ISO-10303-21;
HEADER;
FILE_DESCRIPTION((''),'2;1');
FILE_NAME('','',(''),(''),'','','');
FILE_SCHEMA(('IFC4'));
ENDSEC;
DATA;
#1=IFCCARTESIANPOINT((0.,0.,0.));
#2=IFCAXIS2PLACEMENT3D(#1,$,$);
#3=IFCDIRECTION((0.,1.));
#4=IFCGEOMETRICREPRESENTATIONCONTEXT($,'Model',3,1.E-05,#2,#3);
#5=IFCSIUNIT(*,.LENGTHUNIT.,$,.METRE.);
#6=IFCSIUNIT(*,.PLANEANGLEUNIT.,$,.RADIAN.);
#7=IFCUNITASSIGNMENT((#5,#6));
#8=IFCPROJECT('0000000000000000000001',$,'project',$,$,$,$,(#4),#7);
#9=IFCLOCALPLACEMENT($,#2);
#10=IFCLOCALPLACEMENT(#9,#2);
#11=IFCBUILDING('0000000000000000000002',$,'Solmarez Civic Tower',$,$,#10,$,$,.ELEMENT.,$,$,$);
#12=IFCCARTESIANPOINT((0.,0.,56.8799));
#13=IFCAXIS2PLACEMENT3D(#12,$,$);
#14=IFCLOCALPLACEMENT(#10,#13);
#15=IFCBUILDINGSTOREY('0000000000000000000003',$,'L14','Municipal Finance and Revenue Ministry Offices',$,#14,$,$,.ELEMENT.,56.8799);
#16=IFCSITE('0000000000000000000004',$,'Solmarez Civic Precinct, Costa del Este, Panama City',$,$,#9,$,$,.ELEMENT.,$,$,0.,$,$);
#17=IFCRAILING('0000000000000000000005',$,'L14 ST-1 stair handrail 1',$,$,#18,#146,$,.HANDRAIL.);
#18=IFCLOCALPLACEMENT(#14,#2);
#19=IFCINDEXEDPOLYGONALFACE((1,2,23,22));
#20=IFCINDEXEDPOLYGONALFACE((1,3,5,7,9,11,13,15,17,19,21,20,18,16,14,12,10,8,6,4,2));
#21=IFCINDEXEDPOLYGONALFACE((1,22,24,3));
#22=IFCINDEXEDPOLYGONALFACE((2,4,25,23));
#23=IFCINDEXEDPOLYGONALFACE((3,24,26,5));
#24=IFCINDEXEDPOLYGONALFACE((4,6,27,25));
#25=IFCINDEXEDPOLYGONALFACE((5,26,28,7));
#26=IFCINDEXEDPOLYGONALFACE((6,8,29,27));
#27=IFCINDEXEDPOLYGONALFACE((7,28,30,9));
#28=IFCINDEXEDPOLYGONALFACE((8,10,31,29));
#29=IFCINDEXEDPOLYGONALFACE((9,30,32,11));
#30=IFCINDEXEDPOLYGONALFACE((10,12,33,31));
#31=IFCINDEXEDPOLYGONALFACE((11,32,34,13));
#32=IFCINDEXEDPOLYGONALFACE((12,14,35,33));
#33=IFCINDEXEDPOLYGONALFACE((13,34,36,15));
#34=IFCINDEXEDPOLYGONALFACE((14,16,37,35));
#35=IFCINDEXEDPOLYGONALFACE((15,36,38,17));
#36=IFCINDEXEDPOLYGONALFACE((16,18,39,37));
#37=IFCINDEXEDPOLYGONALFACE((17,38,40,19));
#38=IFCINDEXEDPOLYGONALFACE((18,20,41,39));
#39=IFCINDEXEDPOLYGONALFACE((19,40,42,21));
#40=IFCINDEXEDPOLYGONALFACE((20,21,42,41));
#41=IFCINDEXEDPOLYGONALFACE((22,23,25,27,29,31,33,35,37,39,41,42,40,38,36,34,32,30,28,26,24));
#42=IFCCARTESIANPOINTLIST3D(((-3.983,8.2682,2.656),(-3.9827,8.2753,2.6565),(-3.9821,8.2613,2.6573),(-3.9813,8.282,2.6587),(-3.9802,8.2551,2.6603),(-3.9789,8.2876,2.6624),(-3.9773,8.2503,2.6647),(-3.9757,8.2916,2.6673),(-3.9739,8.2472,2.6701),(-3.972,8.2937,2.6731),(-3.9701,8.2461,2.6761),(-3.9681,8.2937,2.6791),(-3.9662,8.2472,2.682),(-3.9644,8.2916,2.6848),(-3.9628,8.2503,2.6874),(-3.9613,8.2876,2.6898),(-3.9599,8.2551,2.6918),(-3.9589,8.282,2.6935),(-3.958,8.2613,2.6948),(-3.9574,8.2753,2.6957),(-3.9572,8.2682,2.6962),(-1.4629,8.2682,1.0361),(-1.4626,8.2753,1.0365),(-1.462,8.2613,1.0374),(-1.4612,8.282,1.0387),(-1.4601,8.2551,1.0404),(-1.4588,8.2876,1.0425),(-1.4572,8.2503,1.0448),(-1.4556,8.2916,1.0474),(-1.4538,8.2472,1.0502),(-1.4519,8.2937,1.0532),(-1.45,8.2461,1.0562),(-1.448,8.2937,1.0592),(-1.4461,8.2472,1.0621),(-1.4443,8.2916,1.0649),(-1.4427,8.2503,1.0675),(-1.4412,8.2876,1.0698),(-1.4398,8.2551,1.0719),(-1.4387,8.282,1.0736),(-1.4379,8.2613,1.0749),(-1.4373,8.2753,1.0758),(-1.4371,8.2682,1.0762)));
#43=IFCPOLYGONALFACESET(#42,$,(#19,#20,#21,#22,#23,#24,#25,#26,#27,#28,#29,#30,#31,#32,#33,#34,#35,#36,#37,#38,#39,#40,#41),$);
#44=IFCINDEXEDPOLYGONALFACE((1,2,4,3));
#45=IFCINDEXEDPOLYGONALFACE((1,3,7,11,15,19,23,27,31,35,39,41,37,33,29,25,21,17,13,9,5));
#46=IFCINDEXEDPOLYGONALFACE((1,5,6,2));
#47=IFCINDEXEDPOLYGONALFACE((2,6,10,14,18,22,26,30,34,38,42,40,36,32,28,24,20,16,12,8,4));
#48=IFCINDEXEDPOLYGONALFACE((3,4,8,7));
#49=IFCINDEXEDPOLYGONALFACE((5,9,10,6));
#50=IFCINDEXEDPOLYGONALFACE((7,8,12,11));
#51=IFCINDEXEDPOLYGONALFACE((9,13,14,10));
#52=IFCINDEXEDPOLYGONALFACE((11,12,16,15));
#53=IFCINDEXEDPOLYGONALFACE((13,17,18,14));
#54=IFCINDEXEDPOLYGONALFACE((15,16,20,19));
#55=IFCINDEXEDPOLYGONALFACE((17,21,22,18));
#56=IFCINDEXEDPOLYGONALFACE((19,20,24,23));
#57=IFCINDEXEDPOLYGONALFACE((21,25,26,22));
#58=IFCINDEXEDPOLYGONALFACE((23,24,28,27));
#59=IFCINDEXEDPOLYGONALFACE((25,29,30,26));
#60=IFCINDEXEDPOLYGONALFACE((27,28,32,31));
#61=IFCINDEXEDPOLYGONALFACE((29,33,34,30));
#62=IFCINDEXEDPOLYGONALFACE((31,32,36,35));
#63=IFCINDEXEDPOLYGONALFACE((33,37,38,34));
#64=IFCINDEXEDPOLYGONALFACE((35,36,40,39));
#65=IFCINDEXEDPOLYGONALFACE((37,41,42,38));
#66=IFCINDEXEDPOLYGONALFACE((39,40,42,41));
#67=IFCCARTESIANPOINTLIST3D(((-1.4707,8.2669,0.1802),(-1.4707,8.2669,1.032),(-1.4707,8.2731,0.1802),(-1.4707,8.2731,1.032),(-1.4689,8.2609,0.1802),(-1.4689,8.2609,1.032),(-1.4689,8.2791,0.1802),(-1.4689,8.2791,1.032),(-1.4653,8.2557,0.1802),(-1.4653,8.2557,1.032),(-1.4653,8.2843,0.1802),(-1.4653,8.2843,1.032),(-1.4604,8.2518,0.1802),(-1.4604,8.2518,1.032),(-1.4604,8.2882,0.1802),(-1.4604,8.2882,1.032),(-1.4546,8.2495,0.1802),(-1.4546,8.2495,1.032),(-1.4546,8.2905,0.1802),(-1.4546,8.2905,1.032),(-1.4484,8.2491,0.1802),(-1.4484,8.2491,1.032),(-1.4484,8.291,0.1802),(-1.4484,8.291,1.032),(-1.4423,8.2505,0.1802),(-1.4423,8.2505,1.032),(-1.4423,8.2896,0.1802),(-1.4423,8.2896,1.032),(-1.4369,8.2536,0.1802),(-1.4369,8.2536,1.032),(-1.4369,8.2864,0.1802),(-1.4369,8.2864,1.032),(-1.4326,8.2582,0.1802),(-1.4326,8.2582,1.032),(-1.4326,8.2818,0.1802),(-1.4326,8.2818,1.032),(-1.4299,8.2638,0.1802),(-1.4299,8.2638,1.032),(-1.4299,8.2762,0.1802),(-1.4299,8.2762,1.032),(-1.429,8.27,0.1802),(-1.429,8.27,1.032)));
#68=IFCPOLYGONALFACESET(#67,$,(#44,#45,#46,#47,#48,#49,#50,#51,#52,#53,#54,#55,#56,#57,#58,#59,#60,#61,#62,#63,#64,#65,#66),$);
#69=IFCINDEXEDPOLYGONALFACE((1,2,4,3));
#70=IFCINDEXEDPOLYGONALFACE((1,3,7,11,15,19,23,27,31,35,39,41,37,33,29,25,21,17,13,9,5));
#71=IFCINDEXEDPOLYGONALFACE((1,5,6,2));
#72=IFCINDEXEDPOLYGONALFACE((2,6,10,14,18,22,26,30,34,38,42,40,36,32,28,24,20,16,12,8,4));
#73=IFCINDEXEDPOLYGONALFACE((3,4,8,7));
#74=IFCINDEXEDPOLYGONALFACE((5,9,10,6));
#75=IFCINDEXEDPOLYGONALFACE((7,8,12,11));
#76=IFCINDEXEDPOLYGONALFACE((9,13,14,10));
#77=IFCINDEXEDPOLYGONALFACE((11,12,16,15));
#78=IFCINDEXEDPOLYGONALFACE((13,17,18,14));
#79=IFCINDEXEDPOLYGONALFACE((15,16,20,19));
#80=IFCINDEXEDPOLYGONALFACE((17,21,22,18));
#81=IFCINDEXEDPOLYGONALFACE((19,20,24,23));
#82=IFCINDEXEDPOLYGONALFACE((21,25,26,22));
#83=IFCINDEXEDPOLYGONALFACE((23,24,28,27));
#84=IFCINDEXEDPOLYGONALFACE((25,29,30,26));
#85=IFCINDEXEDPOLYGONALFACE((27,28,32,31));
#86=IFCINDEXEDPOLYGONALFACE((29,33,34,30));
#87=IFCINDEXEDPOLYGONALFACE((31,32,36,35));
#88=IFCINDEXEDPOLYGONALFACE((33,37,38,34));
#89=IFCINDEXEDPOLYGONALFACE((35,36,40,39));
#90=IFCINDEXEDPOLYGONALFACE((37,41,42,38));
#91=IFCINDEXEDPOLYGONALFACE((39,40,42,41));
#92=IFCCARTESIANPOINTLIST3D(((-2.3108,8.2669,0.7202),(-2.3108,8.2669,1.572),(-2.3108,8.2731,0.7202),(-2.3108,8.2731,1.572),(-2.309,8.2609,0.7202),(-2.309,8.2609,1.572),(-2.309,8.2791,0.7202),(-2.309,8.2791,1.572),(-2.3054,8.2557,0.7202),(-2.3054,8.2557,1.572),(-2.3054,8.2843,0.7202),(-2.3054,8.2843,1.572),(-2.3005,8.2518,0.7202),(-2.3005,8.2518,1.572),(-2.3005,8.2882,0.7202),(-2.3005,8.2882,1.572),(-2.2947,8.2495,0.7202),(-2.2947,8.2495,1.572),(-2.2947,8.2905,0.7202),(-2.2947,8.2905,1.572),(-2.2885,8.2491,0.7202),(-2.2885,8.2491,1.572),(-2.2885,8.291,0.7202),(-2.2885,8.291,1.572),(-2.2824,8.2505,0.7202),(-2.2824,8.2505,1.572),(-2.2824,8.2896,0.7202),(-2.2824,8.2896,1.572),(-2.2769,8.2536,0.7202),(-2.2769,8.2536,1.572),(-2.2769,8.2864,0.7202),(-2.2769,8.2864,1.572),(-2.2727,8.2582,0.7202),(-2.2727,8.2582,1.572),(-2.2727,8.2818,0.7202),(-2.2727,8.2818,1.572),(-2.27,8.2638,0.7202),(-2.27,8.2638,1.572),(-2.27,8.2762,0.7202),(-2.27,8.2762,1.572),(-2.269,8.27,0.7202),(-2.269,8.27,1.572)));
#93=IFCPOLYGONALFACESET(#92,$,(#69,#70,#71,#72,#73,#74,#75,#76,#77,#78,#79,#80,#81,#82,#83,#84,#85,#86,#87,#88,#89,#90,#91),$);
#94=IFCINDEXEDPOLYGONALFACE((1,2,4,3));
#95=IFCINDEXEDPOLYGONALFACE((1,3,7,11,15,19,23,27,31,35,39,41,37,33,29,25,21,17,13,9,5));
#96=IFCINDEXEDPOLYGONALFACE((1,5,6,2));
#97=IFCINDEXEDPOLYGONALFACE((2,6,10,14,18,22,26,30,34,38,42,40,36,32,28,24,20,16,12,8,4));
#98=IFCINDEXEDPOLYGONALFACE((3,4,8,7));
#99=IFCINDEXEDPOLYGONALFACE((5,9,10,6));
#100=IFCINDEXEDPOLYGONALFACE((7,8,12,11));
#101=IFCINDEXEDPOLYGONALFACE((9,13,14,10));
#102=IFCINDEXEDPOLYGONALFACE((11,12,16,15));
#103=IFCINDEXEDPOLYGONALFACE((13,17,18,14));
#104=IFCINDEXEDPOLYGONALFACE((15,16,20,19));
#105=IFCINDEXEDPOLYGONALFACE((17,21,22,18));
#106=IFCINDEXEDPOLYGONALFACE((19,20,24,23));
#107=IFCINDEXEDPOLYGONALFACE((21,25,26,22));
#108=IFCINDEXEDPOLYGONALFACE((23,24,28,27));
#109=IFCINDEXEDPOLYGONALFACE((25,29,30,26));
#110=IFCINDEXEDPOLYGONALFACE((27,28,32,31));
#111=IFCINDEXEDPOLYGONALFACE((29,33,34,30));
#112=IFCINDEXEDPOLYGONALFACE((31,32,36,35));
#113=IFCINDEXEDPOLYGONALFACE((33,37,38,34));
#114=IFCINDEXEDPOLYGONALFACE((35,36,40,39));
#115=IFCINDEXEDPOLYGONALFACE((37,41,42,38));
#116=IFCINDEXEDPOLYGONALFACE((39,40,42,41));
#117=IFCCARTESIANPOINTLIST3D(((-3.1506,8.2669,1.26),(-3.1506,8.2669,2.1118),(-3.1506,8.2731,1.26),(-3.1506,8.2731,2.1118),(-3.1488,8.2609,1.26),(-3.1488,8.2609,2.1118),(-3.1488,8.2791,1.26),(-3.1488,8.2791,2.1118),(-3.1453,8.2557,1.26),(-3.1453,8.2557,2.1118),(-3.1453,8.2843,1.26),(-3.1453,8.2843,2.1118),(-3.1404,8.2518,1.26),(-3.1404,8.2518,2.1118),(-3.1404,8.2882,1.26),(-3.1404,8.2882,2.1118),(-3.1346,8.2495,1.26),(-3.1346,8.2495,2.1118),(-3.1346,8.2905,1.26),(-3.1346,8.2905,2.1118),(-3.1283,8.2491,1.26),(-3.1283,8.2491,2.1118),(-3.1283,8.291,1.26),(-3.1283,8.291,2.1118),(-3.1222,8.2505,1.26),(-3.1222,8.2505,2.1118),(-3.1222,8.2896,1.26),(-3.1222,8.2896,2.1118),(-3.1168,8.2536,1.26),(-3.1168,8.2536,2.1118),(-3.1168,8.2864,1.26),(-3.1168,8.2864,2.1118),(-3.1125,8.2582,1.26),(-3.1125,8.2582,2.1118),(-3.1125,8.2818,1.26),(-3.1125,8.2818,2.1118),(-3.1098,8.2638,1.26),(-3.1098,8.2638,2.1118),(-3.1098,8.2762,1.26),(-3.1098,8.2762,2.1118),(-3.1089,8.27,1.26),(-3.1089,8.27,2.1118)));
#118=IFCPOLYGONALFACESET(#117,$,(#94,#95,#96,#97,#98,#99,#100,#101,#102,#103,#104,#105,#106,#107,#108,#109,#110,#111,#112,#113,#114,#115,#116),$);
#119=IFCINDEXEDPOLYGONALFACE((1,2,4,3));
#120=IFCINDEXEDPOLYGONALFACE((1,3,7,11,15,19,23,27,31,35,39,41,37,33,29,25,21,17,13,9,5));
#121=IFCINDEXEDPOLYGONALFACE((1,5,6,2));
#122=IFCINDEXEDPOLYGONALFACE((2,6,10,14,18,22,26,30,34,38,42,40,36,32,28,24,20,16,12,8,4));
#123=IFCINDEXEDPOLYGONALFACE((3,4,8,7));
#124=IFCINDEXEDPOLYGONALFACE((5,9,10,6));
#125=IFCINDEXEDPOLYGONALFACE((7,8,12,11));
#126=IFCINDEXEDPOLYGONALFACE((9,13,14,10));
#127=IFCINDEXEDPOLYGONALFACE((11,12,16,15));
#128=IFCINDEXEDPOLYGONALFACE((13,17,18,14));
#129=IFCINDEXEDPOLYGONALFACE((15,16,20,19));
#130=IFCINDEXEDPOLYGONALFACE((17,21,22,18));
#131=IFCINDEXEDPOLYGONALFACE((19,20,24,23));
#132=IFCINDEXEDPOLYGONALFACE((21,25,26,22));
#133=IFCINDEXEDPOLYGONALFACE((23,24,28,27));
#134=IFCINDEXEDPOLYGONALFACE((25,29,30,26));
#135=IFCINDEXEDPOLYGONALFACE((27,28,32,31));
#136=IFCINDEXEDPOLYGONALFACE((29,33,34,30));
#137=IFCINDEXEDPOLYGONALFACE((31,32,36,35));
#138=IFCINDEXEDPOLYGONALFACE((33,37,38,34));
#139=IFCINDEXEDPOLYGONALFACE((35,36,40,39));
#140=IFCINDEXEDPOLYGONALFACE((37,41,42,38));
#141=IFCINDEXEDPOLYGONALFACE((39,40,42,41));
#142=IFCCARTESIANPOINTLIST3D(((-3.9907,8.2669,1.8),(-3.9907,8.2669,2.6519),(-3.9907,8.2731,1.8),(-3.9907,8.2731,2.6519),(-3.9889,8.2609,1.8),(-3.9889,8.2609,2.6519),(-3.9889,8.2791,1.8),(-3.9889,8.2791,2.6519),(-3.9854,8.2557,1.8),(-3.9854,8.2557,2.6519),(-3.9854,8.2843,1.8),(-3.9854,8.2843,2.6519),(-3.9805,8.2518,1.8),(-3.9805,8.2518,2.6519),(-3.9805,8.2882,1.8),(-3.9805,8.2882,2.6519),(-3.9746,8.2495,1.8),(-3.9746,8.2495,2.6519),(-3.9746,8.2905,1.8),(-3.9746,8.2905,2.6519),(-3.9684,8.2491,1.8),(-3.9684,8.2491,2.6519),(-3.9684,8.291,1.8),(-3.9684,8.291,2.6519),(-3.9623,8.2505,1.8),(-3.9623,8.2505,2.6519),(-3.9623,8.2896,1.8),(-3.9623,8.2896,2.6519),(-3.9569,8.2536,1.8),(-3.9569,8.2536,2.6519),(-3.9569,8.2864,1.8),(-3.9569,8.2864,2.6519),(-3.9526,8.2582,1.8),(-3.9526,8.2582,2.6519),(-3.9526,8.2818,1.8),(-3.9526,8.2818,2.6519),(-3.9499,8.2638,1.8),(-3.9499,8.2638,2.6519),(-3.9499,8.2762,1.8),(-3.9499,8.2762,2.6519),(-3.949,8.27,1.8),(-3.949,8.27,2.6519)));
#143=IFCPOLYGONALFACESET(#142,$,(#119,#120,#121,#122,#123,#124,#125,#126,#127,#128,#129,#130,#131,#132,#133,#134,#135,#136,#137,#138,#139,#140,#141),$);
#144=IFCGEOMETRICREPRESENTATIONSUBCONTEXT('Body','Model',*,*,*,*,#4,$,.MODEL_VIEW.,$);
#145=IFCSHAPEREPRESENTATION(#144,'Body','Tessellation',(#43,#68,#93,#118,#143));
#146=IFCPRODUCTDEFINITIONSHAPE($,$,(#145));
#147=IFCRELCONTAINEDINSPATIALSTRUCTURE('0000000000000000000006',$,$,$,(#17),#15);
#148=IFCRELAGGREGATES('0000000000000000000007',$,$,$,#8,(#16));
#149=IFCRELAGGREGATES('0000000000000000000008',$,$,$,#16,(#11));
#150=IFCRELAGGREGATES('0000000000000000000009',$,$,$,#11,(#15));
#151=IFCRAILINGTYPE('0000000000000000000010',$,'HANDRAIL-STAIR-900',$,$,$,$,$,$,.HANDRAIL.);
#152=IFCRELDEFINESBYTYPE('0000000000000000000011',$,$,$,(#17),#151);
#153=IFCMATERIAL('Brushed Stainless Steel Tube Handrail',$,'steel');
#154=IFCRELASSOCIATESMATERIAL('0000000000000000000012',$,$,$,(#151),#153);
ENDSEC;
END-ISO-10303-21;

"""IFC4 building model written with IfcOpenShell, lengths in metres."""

from ifc_helpers import new_model, si_unit, direction, frame, origin, origin_2d, place, context, subcontext, project, spatial, circle, extrude, material, type_object, element, save


model = new_model("IFC4")

# Units and contexts
model_context = context("Model", 3, precision=1e-05, world=origin(), true_north=direction((0.0, 1.0)))
body_context = subcontext(model_context, "Body", "Model", "MODEL_VIEW")
ifc_project = project(units=[si_unit("LENGTHUNIT", "METRE"), si_unit("PLANEANGLEUNIT", "RADIAN")], contexts=[model_context])

# Site, building, storey
site_placement = place(None, origin())
site = spatial("IfcSite", under=ifc_project, at=site_placement, Name="Solmarez Civic Precinct, Costa del Este, Panama City", CompositionType="ELEMENT", RefElevation=0.0)
building_placement = place(site_placement, origin())
building = spatial("IfcBuilding", under=site, at=building_placement, Name="Solmarez Civic Tower", CompositionType="ELEMENT")
storey_placement = place(building_placement, frame((0.0, 0.0, 56.8799)))
storey = spatial("IfcBuildingStorey", under=building, at=storey_placement, Name="L14", Description="Municipal Finance and Revenue Ministry Offices", CompositionType="ELEMENT", Elevation=56.8799)

# Railing
ifc_material_1 = material(Name="Brushed Stainless Steel Tube Handrail", Category="steel")
railing_type_1 = type_object("IfcRailingType", Name="HANDRAIL-STAIR-900", PredefinedType="HANDRAIL", material=ifc_material_1)
railing_1_placement = place(storey_placement, frame((-1.45, 8.27, 0.1802)))
element("IfcRailing", 1, at=railing_1_placement, inside=storey, type_object=railing_type_1, Name="L14 ST-1 stair handrail 1", PredefinedType="HANDRAIL", context=body_context, shape_type="SweptSolid", body=[
    extrude(circle(Radius=0.0239, at=origin_2d()), frame((0.0, 0.0, 0.876), z_axis=(-0.8412, 0.0, 0.540725), x_axis=(0.0, -1.0, 0.0)), (0.0, 0.0, 1.0), 2.9958),
    extrude(circle(Radius=0.021, at=origin_2d()), origin(), (0.0, 0.0, 1.0), 0.8518),
    extrude(circle(Radius=0.021, at=origin_2d()), frame((-0.8401, 0.0, 0.54)), (0.0, 0.0, 1.0), 0.8518),
    extrude(circle(Radius=0.021, at=origin_2d()), frame((-1.6799, 0.0, 1.0798)), (0.0, 0.0, 1.0), 0.8518),
    extrude(circle(Radius=0.021, at=origin_2d()), frame((-2.52, 0.0, 1.6199)), (0.0, 0.0, 1.0), 0.8518),
])

save(model, "model.ifc")
